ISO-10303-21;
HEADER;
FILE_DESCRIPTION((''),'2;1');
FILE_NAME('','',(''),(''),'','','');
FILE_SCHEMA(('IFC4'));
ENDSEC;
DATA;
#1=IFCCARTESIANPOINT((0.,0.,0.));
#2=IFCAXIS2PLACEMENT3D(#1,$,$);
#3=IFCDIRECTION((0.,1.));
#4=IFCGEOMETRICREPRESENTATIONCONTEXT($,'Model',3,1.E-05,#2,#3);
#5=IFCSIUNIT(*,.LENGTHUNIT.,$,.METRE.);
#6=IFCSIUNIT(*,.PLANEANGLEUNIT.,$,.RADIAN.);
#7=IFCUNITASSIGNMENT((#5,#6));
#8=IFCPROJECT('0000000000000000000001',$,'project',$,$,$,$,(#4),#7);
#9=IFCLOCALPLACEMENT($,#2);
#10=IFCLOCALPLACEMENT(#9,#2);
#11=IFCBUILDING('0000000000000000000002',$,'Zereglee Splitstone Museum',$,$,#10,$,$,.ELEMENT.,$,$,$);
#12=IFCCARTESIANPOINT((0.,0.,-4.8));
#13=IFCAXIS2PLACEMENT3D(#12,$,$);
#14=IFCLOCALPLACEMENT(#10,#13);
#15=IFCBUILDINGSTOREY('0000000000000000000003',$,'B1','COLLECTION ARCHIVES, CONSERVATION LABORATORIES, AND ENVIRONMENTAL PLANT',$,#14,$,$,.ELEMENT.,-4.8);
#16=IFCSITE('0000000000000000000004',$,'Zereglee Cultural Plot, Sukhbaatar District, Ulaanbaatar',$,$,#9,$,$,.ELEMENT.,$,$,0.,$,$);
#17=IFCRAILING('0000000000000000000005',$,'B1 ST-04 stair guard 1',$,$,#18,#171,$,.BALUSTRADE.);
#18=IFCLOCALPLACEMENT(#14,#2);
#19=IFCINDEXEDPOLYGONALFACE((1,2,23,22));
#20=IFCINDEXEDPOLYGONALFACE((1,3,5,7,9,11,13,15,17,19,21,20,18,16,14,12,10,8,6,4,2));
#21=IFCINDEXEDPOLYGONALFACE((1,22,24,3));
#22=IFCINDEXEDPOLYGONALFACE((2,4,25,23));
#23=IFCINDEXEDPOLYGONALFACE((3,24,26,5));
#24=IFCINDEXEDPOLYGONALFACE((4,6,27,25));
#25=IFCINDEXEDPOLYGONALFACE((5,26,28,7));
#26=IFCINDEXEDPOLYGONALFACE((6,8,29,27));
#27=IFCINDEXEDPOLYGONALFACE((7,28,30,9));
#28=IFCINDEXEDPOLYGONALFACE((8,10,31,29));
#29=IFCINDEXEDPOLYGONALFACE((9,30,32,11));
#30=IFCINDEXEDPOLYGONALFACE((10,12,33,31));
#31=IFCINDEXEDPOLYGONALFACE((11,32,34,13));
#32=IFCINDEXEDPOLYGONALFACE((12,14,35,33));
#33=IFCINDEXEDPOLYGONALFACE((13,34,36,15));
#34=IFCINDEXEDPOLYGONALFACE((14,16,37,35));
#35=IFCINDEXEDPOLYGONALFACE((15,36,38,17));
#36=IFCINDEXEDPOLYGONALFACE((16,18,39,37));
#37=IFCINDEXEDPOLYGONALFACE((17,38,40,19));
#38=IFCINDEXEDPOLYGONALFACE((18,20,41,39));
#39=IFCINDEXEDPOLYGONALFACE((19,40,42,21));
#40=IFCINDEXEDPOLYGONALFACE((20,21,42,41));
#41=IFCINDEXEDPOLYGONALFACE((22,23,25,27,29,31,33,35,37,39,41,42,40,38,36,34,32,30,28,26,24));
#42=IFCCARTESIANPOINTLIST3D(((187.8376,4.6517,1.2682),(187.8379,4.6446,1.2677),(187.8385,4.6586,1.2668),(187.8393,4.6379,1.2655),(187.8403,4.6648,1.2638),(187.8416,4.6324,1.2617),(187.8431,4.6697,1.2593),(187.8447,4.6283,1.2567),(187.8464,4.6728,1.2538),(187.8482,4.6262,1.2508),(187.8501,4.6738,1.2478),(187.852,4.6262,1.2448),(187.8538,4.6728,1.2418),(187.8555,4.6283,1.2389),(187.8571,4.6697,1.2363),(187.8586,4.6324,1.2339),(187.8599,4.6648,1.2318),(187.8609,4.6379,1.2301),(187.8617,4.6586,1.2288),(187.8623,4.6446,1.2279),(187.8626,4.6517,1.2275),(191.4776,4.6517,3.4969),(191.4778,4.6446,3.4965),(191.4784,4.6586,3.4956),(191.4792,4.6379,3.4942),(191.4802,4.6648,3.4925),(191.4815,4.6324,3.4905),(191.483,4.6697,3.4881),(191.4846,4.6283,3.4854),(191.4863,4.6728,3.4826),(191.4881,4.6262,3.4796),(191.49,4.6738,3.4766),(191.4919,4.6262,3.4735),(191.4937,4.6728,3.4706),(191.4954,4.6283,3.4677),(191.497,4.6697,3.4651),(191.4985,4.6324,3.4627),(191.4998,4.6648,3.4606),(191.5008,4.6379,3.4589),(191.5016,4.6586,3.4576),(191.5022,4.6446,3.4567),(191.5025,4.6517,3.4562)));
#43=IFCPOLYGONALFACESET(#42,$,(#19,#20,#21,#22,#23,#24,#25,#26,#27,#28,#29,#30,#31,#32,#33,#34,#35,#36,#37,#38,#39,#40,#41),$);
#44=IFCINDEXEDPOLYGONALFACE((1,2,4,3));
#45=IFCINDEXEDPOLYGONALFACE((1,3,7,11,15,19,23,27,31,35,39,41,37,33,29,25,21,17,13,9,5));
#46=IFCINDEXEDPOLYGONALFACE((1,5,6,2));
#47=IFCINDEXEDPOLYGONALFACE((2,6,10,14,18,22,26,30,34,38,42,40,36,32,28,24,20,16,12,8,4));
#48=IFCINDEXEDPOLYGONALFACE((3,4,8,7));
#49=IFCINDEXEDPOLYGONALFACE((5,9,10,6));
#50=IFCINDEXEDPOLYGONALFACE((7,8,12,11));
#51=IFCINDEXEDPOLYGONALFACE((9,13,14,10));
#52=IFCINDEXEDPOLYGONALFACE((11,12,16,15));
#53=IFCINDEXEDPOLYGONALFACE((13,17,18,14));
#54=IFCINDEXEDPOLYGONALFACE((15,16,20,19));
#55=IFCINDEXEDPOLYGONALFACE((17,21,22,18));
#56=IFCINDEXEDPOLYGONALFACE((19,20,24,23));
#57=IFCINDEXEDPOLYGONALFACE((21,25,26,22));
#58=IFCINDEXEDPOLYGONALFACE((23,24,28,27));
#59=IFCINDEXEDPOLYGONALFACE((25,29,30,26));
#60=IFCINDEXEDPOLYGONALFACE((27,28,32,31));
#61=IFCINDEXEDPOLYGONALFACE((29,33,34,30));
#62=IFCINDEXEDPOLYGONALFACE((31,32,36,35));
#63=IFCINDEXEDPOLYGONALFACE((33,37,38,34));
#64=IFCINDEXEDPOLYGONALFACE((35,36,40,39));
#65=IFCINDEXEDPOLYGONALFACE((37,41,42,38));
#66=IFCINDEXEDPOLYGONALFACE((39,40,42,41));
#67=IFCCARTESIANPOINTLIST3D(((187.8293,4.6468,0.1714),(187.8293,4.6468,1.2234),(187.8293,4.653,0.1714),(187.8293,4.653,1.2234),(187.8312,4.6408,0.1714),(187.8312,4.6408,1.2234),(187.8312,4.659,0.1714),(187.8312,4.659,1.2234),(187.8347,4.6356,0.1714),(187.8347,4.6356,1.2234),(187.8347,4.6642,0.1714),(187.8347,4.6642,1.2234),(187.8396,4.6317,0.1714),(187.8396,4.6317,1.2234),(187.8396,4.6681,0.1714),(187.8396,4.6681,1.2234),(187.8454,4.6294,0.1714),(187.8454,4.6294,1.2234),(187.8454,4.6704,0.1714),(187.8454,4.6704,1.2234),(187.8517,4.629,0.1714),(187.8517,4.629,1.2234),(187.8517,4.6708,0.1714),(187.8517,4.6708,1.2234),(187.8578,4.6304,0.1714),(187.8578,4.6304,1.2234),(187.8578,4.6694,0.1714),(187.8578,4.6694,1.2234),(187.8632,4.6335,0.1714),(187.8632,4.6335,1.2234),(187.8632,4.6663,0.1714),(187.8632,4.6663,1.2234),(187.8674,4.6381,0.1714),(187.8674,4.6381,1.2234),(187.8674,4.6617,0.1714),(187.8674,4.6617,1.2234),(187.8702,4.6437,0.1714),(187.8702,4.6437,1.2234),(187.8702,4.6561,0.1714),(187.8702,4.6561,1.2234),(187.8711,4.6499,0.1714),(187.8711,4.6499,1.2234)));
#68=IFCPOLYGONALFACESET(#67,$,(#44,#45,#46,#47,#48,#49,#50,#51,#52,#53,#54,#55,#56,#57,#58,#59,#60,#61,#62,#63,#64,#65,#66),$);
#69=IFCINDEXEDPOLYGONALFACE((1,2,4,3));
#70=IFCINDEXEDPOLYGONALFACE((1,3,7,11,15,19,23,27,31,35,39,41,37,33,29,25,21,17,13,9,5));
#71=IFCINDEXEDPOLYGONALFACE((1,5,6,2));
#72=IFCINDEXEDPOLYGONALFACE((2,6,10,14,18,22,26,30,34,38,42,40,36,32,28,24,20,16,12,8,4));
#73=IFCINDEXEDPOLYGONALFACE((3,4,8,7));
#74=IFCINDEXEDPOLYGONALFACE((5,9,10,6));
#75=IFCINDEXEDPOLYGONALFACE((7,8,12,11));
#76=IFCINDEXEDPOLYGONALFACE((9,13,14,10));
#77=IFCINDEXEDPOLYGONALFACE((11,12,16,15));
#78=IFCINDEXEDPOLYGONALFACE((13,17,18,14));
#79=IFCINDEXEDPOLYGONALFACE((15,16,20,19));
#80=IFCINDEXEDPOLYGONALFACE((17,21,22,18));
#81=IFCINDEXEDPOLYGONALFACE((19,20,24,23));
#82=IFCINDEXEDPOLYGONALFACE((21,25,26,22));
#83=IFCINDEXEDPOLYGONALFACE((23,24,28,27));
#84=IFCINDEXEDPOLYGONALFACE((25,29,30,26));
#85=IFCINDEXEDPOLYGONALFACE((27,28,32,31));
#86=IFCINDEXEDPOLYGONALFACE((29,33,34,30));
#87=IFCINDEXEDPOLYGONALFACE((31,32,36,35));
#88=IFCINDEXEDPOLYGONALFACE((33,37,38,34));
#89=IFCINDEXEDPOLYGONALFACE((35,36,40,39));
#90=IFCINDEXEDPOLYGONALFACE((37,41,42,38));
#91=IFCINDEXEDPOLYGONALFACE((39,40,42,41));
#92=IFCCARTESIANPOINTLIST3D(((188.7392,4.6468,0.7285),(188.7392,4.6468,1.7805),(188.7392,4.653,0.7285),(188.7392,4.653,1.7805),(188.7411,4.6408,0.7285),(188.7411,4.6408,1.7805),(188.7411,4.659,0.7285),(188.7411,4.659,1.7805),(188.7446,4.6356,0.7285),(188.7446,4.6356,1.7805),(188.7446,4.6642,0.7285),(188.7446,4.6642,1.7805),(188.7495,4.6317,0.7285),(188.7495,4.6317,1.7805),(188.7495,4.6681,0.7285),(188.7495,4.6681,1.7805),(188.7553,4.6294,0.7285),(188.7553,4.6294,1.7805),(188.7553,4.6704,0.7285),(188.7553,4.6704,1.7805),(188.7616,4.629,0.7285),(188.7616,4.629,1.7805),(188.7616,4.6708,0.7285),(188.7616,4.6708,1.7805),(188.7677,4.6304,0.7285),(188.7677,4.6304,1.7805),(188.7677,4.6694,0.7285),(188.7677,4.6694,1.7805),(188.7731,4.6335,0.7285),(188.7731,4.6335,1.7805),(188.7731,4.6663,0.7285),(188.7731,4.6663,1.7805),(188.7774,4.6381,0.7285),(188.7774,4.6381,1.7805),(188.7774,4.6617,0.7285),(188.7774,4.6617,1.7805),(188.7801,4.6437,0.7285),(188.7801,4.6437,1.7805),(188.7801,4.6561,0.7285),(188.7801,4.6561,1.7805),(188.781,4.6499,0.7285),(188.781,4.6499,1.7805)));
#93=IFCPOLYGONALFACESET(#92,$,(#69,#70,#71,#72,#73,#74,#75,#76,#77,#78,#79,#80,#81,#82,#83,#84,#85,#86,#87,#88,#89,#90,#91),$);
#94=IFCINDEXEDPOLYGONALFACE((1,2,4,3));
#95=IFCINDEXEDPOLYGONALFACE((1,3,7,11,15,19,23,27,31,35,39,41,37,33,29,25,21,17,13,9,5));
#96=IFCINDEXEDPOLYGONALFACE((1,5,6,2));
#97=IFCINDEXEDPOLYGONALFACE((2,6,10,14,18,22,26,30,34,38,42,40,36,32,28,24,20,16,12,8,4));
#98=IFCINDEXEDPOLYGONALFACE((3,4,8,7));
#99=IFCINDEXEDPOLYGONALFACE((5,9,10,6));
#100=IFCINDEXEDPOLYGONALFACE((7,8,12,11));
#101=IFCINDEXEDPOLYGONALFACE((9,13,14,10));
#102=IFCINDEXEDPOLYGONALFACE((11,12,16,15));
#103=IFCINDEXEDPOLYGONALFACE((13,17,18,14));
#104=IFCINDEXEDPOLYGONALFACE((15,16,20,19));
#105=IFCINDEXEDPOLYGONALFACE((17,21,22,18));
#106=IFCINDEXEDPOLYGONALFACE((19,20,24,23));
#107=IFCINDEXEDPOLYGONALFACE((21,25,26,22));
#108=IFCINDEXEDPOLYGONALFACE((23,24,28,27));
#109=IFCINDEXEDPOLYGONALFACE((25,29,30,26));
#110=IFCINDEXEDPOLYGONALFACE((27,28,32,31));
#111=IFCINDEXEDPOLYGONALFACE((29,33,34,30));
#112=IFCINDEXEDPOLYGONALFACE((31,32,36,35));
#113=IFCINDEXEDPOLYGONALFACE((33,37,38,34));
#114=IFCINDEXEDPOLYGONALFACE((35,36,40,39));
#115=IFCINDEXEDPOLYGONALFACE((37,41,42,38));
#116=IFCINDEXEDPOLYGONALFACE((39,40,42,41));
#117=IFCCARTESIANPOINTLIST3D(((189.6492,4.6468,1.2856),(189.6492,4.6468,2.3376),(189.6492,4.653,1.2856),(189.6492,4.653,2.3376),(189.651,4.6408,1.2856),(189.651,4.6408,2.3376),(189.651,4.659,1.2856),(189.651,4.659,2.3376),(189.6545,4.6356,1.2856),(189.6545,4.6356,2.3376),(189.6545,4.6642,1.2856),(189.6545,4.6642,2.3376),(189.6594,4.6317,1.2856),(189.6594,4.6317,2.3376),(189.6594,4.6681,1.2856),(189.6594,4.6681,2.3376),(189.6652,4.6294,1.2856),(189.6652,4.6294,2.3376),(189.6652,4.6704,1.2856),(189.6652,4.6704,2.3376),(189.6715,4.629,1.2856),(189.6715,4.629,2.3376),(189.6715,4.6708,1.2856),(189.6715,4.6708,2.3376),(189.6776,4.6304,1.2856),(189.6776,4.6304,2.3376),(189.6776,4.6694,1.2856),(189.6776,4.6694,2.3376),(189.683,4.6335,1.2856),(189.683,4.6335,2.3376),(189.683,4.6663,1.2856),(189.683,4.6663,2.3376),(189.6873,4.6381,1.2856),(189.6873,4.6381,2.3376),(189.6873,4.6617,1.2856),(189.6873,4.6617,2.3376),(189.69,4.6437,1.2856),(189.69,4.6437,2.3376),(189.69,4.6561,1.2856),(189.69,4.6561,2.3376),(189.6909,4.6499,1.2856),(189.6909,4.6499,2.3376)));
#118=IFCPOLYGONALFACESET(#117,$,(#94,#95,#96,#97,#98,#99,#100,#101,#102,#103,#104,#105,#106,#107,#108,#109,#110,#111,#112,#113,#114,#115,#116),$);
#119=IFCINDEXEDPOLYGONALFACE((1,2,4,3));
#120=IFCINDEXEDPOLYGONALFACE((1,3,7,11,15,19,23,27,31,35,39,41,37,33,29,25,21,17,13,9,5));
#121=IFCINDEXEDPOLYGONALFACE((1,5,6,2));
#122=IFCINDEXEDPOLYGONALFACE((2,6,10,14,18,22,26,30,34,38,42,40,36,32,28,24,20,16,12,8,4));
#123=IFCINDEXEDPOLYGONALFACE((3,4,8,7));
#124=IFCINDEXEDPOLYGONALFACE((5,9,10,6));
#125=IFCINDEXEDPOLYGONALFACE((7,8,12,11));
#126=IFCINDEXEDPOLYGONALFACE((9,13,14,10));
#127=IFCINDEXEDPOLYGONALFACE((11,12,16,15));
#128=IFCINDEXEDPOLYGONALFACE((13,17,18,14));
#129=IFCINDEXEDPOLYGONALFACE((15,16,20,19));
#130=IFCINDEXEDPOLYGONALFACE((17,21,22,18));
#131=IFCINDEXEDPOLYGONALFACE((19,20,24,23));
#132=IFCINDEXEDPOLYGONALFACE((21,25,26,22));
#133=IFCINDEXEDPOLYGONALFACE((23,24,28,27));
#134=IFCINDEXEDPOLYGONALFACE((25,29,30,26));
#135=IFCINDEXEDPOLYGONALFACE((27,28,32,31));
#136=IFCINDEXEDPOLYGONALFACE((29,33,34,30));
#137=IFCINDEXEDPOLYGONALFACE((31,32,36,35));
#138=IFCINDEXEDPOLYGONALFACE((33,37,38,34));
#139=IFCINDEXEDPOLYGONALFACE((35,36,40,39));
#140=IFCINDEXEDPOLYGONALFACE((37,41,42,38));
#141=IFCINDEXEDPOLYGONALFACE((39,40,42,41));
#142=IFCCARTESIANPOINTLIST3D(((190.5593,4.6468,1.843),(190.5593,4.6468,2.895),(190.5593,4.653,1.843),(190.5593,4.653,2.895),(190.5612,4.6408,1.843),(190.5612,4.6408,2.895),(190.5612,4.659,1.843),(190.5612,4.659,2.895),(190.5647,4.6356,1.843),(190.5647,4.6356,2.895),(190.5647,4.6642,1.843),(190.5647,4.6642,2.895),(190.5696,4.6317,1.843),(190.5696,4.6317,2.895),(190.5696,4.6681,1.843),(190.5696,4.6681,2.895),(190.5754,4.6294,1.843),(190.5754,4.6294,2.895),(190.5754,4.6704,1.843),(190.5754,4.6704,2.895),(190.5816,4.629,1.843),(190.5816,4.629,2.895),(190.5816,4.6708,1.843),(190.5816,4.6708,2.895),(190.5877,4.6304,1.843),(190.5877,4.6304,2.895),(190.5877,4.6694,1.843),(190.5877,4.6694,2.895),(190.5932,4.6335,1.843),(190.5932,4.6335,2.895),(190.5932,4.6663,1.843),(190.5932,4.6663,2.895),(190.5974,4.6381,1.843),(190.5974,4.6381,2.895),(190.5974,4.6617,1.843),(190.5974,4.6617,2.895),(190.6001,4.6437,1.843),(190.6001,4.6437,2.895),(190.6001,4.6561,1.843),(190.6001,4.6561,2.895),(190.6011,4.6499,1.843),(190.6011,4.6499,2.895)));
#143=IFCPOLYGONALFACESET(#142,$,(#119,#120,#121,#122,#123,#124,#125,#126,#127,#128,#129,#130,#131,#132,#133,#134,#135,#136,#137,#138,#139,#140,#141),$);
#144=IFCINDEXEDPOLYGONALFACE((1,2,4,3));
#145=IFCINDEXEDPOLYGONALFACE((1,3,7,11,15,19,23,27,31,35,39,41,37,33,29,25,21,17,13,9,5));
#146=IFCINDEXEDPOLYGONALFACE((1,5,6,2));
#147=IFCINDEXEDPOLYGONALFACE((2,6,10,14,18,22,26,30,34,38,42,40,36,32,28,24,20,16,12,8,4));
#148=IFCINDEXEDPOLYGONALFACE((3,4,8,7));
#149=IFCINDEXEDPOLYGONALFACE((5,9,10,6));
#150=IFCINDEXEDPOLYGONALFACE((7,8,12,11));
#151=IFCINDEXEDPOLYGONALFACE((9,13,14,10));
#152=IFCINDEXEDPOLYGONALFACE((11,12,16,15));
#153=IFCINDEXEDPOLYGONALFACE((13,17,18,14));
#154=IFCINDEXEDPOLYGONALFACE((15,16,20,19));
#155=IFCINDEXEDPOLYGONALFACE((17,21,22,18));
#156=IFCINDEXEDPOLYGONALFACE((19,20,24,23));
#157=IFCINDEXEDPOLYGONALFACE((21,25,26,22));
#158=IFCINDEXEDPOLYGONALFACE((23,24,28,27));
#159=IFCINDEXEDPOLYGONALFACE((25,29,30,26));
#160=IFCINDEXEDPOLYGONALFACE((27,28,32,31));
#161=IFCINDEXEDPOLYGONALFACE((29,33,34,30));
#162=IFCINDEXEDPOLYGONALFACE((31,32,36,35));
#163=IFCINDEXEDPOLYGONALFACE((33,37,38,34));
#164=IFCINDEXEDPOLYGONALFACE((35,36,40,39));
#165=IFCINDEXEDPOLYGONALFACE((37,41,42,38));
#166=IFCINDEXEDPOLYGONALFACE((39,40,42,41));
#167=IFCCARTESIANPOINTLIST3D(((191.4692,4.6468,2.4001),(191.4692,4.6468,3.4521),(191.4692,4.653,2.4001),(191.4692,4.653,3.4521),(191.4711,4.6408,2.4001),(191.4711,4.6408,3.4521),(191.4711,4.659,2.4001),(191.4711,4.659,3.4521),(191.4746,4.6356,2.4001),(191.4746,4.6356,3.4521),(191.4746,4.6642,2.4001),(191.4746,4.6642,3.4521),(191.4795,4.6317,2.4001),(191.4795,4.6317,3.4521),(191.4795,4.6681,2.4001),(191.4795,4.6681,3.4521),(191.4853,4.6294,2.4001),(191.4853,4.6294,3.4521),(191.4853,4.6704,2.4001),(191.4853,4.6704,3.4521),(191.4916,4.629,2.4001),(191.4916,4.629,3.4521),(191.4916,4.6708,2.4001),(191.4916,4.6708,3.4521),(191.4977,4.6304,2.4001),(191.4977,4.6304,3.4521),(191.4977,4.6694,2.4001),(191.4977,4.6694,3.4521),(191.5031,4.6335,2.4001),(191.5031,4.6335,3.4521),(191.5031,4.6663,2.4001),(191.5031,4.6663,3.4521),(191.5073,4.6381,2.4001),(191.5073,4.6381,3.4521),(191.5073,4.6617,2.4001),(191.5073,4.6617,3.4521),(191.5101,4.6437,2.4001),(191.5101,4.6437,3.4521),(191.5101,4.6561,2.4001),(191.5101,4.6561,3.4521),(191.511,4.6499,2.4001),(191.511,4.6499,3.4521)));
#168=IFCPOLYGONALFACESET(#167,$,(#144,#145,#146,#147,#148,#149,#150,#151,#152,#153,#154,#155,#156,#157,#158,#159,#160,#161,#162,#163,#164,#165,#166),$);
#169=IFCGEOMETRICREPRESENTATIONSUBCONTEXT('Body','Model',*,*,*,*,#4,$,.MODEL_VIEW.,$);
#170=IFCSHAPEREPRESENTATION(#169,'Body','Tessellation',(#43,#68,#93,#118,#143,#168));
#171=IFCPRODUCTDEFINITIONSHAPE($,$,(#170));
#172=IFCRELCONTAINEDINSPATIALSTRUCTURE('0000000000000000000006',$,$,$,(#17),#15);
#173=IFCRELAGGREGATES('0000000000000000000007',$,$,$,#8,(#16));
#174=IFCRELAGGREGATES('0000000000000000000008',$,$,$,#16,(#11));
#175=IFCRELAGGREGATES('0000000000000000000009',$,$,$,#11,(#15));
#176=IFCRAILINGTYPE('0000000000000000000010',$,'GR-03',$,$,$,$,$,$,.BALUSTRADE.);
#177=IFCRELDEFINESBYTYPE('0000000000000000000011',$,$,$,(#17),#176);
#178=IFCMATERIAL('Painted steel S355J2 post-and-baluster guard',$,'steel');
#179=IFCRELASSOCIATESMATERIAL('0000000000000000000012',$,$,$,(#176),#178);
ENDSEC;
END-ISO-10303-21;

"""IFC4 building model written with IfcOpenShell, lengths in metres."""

from ifc_helpers import new_model, si_unit, direction, frame, origin, origin_2d, place, context, subcontext, project, spatial, circle, extrude, material, type_object, element, save


model = new_model("IFC4")

# Units and contexts
model_context = context("Model", 3, precision=1e-05, world=origin(), true_north=direction((0.0, 1.0)))
body_context = subcontext(model_context, "Body", "Model", "MODEL_VIEW")
ifc_project = project(units=[si_unit("LENGTHUNIT", "METRE"), si_unit("PLANEANGLEUNIT", "RADIAN")], contexts=[model_context])

# Site, building, storey
site_placement = place(None, origin())
site = spatial("IfcSite", under=ifc_project, at=site_placement, Name="Zereglee Cultural Plot, Sukhbaatar District, Ulaanbaatar", CompositionType="ELEMENT", RefElevation=0.0)
building_placement = place(site_placement, origin())
building = spatial("IfcBuilding", under=site, at=building_placement, Name="Zereglee Splitstone Museum", CompositionType="ELEMENT")
storey_placement = place(building_placement, frame((0.0, 0.0, -4.8)))
storey = spatial("IfcBuildingStorey", under=building, at=storey_placement, Name="B1", Description="COLLECTION ARCHIVES, CONSERVATION LABORATORIES, AND ENVIRONMENTAL PLANT", CompositionType="ELEMENT", Elevation=-4.8)

# Railing
ifc_material_1 = material(Name="Painted steel S355J2 post-and-baluster guard", Category="steel")
railing_type_1 = type_object("IfcRailingType", Name="GR-03", PredefinedType="BALUSTRADE", material=ifc_material_1)
railing_1_placement = place(storey_placement, frame((187.8501, 4.6499, 0.1714)))
element("IfcRailing", 1, at=railing_1_placement, inside=storey, type_object=railing_type_1, Name="B1 ST-04 stair guard 1", PredefinedType="BALUSTRADE", context=body_context, shape_type="SweptSolid", body=[
    extrude(circle(Radius=0.0239, at=origin_2d()), frame((0.0, 0.0, 1.0764), z_axis=(0.852825, 0.0, 0.522197), x_axis=(0.0, 1.0, 0.0)), (0.0, 0.0, 1.0), 4.2681),
    extrude(circle(Radius=0.021, at=origin_2d()), origin(), (0.0, 0.0, 1.0), 1.052),
    extrude(circle(Radius=0.021, at=origin_2d()), frame((0.9099, 0.0, 0.5571)), (0.0, 0.0, 1.0), 1.052),
    extrude(circle(Radius=0.021, at=origin_2d()), frame((1.8198, 0.0, 1.1143)), (0.0, 0.0, 1.0), 1.052),
    extrude(circle(Radius=0.021, at=origin_2d()), frame((2.73, 0.0, 1.6716)), (0.0, 0.0, 1.0), 1.052),
    extrude(circle(Radius=0.021, at=origin_2d()), frame((3.6399, 0.0, 2.2288)), (0.0, 0.0, 1.0), 1.052),
])

save(model, "model.ifc")
